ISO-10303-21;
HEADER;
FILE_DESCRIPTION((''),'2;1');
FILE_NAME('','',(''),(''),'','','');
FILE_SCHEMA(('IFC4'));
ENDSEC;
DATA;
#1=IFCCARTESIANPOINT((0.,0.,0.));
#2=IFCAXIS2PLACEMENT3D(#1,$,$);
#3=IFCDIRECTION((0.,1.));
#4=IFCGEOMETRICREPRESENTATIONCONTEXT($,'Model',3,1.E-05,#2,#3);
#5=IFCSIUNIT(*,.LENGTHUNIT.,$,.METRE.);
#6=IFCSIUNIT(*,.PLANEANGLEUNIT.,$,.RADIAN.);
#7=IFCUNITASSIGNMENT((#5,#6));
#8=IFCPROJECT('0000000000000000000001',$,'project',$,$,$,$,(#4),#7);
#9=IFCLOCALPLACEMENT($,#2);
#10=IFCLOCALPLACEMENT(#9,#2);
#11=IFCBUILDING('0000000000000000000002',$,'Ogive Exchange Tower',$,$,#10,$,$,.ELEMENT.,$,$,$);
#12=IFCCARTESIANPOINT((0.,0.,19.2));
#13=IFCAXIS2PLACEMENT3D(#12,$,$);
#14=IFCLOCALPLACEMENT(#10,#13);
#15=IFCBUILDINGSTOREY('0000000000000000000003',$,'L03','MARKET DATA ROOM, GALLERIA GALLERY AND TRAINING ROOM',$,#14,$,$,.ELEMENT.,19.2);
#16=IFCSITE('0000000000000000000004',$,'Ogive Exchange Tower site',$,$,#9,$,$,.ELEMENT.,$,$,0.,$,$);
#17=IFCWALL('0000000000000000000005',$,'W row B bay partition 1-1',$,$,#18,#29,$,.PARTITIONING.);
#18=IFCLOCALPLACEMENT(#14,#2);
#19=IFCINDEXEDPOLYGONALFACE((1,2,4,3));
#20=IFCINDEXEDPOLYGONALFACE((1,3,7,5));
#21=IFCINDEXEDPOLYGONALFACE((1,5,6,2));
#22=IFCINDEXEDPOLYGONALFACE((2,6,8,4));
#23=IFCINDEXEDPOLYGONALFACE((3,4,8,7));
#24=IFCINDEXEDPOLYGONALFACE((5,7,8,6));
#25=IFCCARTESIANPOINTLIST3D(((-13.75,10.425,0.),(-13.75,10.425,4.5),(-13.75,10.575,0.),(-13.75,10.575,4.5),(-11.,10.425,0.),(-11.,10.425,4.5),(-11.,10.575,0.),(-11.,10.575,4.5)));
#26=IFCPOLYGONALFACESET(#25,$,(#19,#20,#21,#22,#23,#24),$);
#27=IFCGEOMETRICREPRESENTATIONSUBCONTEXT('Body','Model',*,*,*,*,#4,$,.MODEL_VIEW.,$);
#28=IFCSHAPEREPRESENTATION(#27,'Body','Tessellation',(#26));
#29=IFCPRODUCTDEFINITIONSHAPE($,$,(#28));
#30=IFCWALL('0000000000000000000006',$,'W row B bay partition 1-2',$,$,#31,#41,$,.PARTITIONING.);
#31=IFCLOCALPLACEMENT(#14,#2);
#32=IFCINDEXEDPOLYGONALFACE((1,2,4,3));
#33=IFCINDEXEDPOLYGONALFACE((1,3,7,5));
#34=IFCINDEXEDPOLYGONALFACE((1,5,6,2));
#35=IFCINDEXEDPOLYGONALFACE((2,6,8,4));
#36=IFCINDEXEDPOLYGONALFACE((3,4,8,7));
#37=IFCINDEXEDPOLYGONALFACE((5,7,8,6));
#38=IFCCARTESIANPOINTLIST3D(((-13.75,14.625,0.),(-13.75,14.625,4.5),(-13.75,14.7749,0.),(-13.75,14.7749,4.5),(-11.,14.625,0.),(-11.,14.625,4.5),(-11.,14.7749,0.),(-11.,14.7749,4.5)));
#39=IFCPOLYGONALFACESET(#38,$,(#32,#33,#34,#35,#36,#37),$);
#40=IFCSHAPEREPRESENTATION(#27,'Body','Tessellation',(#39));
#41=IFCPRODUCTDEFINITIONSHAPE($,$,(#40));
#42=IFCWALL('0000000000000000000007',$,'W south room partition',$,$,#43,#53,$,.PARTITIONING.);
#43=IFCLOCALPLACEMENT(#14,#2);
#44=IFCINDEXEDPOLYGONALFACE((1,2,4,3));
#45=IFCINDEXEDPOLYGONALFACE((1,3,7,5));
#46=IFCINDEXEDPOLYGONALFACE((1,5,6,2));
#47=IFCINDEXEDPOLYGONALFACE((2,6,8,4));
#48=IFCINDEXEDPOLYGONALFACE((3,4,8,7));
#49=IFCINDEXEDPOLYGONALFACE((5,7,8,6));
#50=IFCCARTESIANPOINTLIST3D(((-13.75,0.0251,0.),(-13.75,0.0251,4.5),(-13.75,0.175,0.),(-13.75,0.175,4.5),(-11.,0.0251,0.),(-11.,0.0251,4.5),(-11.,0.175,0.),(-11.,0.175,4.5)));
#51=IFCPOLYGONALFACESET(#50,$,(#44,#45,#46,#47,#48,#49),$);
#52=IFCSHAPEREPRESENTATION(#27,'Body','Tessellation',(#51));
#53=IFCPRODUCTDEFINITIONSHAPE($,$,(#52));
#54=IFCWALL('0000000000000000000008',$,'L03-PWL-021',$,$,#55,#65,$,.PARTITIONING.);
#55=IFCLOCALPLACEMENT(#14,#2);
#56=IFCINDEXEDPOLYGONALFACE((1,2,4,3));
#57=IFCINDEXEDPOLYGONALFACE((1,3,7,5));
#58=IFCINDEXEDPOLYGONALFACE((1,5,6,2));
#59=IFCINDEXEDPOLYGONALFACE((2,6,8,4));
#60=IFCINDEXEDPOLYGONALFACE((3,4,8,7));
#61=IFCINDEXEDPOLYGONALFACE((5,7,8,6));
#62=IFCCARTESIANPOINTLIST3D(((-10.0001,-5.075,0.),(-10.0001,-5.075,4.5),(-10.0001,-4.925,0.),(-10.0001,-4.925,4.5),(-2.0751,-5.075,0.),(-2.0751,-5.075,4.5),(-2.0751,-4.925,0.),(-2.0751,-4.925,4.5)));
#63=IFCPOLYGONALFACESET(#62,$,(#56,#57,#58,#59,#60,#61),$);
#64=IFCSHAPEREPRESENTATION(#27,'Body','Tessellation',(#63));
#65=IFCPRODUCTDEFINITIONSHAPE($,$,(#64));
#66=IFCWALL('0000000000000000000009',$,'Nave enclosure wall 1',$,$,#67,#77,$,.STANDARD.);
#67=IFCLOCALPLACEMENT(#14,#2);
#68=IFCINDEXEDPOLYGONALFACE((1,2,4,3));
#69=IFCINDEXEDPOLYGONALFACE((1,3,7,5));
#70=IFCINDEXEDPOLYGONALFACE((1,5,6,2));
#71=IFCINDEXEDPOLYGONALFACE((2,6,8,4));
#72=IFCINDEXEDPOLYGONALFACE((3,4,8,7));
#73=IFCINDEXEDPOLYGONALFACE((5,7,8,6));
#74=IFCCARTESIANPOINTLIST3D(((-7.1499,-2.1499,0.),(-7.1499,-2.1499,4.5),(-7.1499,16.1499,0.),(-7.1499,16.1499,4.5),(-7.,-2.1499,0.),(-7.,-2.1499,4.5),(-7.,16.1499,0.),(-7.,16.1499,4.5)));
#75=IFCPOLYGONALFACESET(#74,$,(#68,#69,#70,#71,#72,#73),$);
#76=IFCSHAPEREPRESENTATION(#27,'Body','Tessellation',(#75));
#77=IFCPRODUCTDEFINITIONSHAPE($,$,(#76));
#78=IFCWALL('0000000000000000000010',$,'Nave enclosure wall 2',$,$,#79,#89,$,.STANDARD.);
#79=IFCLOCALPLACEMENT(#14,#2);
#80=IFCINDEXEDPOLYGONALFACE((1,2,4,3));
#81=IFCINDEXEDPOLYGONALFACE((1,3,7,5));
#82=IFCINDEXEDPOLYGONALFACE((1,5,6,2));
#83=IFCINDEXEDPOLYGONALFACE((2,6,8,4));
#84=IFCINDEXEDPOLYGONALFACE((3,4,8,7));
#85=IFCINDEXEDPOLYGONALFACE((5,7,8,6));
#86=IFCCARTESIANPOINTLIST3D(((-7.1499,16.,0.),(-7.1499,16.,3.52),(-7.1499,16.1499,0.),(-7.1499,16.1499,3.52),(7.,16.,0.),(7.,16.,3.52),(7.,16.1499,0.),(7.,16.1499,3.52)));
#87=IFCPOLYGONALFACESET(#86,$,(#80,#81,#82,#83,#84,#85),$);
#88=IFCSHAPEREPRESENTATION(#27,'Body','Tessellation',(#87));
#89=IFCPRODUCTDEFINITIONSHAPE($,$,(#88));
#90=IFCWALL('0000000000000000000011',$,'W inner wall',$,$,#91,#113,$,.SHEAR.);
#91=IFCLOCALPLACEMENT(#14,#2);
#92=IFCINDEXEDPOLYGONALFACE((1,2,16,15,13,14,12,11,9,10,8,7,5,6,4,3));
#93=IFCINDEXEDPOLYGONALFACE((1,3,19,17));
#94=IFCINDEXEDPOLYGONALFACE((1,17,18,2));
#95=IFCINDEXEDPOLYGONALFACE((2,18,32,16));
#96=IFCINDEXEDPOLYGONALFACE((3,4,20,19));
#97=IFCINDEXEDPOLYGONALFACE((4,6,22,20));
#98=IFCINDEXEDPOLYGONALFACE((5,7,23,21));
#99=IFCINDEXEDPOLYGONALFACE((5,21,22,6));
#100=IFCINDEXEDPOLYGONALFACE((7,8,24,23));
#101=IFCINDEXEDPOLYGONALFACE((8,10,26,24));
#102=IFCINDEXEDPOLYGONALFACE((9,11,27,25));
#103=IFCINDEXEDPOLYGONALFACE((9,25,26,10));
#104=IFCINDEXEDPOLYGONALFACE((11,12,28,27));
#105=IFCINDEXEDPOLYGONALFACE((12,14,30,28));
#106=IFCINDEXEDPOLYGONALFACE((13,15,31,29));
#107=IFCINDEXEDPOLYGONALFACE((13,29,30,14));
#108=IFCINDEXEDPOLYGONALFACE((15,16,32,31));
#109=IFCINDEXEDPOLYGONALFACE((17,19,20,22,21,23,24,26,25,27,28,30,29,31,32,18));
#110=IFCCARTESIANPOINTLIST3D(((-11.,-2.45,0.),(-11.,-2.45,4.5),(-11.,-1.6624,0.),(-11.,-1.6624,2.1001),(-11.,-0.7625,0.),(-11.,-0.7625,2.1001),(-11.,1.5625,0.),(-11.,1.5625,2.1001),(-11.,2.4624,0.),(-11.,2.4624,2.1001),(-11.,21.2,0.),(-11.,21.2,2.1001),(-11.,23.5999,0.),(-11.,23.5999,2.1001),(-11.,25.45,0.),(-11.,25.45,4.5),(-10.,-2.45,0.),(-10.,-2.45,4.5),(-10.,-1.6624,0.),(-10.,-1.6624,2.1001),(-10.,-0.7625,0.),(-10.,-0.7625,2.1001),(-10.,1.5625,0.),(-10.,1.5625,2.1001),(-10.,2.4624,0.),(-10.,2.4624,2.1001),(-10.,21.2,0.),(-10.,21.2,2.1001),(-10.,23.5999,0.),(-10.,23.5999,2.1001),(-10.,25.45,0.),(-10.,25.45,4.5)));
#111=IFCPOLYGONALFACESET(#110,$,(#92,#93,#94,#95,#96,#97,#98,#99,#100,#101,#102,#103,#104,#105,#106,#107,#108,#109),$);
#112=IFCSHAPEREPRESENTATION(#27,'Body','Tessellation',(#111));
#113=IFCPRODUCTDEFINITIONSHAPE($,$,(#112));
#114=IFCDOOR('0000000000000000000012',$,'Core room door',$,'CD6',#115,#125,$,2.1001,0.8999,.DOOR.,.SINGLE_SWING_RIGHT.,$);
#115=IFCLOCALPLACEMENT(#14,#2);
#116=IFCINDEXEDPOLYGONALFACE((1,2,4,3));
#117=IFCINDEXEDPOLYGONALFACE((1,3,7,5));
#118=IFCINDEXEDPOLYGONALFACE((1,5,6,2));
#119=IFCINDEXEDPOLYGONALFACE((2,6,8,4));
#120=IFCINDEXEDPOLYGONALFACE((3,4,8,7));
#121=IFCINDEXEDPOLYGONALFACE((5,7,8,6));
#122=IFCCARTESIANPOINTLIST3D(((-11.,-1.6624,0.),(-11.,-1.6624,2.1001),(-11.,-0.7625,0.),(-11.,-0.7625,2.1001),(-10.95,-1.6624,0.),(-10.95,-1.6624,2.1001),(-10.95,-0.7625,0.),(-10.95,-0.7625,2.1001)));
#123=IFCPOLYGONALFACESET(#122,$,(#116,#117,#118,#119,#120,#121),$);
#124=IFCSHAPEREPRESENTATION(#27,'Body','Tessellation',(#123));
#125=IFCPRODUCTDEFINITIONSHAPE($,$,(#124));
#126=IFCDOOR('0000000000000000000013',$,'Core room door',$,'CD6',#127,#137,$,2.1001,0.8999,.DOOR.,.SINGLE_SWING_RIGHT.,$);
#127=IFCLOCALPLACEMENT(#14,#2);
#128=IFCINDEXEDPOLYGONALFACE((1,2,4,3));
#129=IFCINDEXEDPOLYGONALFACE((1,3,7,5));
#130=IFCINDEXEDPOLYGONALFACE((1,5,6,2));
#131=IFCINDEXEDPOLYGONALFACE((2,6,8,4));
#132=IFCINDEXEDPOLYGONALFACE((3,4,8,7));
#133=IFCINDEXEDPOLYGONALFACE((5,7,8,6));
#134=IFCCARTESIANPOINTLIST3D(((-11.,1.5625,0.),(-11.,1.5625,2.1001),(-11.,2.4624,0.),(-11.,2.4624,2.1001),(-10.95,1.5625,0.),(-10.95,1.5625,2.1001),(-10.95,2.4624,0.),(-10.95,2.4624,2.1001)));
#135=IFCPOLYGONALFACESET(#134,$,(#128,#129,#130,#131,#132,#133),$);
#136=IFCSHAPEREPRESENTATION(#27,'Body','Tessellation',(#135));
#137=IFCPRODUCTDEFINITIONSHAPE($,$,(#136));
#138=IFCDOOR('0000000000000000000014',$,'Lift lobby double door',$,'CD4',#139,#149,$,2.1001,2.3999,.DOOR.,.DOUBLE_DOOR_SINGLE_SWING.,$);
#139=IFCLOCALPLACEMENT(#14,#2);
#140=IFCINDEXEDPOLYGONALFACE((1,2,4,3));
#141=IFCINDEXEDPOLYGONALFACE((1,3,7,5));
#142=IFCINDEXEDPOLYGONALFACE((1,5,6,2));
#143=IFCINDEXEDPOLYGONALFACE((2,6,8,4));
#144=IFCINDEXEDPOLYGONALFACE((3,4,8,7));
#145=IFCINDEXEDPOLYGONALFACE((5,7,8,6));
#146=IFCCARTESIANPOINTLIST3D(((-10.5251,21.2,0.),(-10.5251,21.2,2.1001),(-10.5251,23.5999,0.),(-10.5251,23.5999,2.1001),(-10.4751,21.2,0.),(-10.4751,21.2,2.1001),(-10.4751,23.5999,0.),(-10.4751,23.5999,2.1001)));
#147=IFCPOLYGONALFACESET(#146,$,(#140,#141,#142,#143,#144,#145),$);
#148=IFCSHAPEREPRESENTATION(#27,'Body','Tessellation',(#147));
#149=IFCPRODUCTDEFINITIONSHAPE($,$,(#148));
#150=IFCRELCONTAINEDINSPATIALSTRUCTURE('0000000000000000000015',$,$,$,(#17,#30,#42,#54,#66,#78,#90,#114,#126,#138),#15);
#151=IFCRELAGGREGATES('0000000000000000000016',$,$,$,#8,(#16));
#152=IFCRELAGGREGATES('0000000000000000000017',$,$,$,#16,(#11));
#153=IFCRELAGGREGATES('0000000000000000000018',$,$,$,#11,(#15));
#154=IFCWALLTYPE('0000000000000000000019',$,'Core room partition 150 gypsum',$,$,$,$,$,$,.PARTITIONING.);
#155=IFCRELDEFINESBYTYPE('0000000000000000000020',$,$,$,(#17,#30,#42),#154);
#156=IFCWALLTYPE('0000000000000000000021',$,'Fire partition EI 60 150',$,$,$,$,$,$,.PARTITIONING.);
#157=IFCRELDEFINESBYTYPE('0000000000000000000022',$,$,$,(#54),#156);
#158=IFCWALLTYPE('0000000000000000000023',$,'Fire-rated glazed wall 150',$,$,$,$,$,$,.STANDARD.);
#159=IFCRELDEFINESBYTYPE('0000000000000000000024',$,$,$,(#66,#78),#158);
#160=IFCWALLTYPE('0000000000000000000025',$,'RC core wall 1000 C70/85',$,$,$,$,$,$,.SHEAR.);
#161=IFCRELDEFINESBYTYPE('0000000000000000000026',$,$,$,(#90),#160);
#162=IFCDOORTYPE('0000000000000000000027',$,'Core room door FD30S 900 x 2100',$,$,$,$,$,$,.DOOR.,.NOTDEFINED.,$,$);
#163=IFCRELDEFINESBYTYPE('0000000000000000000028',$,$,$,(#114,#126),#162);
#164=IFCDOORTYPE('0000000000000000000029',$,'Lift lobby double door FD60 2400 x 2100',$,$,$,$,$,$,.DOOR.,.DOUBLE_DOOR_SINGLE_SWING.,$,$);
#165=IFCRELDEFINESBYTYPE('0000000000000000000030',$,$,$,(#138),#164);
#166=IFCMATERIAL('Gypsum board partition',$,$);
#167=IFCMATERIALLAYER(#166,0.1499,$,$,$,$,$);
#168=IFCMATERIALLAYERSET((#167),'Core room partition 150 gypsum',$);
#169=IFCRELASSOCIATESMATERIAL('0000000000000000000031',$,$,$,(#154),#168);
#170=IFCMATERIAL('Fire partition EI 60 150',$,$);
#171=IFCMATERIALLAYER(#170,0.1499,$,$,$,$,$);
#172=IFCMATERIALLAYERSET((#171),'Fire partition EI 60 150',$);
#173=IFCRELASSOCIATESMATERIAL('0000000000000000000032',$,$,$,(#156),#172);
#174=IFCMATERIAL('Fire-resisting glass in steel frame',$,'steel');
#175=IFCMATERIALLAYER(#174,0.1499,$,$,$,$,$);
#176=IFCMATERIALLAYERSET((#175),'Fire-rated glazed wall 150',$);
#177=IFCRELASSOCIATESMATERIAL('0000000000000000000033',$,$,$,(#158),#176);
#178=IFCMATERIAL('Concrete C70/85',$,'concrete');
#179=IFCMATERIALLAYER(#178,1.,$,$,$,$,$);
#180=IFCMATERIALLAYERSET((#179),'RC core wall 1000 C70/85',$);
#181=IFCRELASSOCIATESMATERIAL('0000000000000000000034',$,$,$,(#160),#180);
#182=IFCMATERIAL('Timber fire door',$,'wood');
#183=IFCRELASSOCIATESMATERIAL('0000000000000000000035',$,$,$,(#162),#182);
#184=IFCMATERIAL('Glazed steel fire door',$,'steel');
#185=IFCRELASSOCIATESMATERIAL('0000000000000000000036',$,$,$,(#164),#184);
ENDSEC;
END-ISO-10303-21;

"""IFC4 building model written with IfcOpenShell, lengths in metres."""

from ifc_helpers import new_model, si_unit, direction, frame, frame_2d, origin, place, context, subcontext, project, spatial, rectangle, extrude, material, layer, layer_set, type_object, element, fill, save


model = new_model("IFC4")

# Units and contexts
model_context = context("Model", 3, precision=1e-05, world=origin(), true_north=direction((0.0, 1.0)))
body_context = subcontext(model_context, "Body", "Model", "MODEL_VIEW")
ifc_project = project(units=[si_unit("LENGTHUNIT", "METRE"), si_unit("PLANEANGLEUNIT", "RADIAN")], contexts=[model_context])

# Site, building, storey
site_placement = place(None, origin())
site = spatial("IfcSite", under=ifc_project, at=site_placement, Name="Ogive Exchange Tower site", CompositionType="ELEMENT", RefElevation=0.0)
building_placement = place(site_placement, origin())
building = spatial("IfcBuilding", under=site, at=building_placement, Name="Ogive Exchange Tower", CompositionType="ELEMENT")
storey_placement = place(building_placement, frame((0.0, 0.0, 19.2)))
storey = spatial("IfcBuildingStorey", under=building, at=storey_placement, Name="L03", Description="MARKET DATA ROOM, GALLERIA GALLERY AND TRAINING ROOM", CompositionType="ELEMENT", Elevation=19.2)

# Walls
ifc_material_1 = material(Name="Gypsum board partition")
ifc_layer_1 = layer(ifc_material_1, 0.1499)
ifc_layer_set_1 = layer_set([ifc_layer_1], Name="Core room partition 150 gypsum")
wall_type_1 = type_object("IfcWallType", Name="Core room partition 150 gypsum", PredefinedType="PARTITIONING", material=ifc_layer_set_1)
for number, where, z_axis, x_axis, name in (
    (1, (-13.75, 10.5, 0.0), (0.0, 0.0, 1.0), (1.0, 0.0, 0.0), "W row B bay partition 1-1"),
    (2, (-13.75, 14.7, 0.0), (0.0, 0.0, 1.0), (1.0, 0.0, 0.0), "W row B bay partition 1-2"),
    (3, (-13.75, 0.1001, 0.0), (0.0, 0.0, 1.0), (1.0, 0.0, 0.0), "W south room partition"),
):
    element("IfcWall", number, at=place(storey_placement, frame(where, z_axis=z_axis, x_axis=x_axis)), inside=storey, type_object=wall_type_1, Name=name, PredefinedType="PARTITIONING", context=body_context, shape_type="SweptSolid", body=[
        extrude(rectangle(XDim=2.75, YDim=0.1499, at=frame_2d((1.375, 0.0))), origin(), (0.0, 0.0, 1.0), 4.5),
    ])
ifc_material_2 = material(Name="Fire partition EI 60 150")
ifc_layer_2 = layer(ifc_material_2, 0.1499)
ifc_layer_set_2 = layer_set([ifc_layer_2], Name="Fire partition EI 60 150")
wall_type_2 = type_object("IfcWallType", Name="Fire partition EI 60 150", PredefinedType="PARTITIONING", material=ifc_layer_set_2)
wall_1_placement = place(storey_placement, frame((-10.0, -5.0, 0.0), z_axis=(0.0, 0.0, 1.0), x_axis=(1.0, 0.0, 0.0)))
element("IfcWall", 4, at=wall_1_placement, inside=storey, type_object=wall_type_2, Name="L03-PWL-021", PredefinedType="PARTITIONING", context=body_context, shape_type="SweptSolid", body=[
    extrude(rectangle(XDim=7.925, YDim=0.1499, at=frame_2d((3.9624, 0.0))), origin(), (0.0, 0.0, 1.0), 4.5),
])
ifc_material_3 = material(Name="Fire-resisting glass in steel frame", Category="steel")
ifc_layer_3 = layer(ifc_material_3, 0.1499)
ifc_layer_set_3 = layer_set([ifc_layer_3], Name="Fire-rated glazed wall 150")
wall_type_3 = type_object("IfcWallType", Name="Fire-rated glazed wall 150", PredefinedType="STANDARD", material=ifc_layer_set_3)
wall_2_placement = place(storey_placement, frame((-7.075, -2.1499, 0.0), z_axis=(0.0, 0.0, 1.0), x_axis=(0.0, 1.0, 0.0)))
element("IfcWall", 5, at=wall_2_placement, inside=storey, type_object=wall_type_3, Name="Nave enclosure wall 1", PredefinedType="STANDARD", context=body_context, shape_type="SweptSolid", body=[
    extrude(rectangle(XDim=18.2998, YDim=0.1499, at=frame_2d((9.1499, 0.0))), origin(), (0.0, 0.0, 1.0), 4.5),
])
wall_3_placement = place(storey_placement, frame((-7.1499, 16.075, 0.0), z_axis=(0.0, 0.0, 1.0), x_axis=(1.0, 0.0, 0.0)))
element("IfcWall", 6, at=wall_3_placement, inside=storey, type_object=wall_type_3, Name="Nave enclosure wall 2", PredefinedType="STANDARD", context=body_context, shape_type="SweptSolid", body=[
    extrude(rectangle(XDim=14.1499, YDim=0.1499, at=frame_2d((7.075, 0.0))), origin(), (0.0, 0.0, 1.0), 3.52),
])

# Wall, openings, doors
ifc_material_4 = material(Name="Concrete C70/85", Category="concrete")
ifc_layer_4 = layer(ifc_material_4, 1.0)
ifc_layer_set_4 = layer_set([ifc_layer_4], Name="RC core wall 1000 C70/85")
wall_type_4 = type_object("IfcWallType", Name="RC core wall 1000 C70/85", PredefinedType="SHEAR", material=ifc_layer_set_4)
wall_4_placement = place(storey_placement, frame((-10.5, -2.45, 0.0), z_axis=(0.0, 0.0, 1.0), x_axis=(0.0, 1.0, 0.0)))
wall_4 = element("IfcWall", 7, at=wall_4_placement, inside=storey, type_object=wall_type_4, Name="W inner wall", PredefinedType="SHEAR", context=body_context, shape_type="SweptSolid", body=[
    extrude(rectangle(XDim=27.8999, YDim=1.0, at=frame_2d((13.95, 0.0))), origin(), (0.0, 0.0, 1.0), 4.5),
])
opening_1_placement = place(wall_4_placement, frame((23.6499, 0.0, 0.0)))
opening_1 = element("IfcOpeningElement", 8, at=opening_1_placement, cuts=wall_4, PredefinedType="OPENING", context=body_context, shape_type="SweptSolid", body=[
    extrude(rectangle(XDim=2.3999, YDim=2.1001, at=frame_2d((1.2, 1.05))), frame((0.0, 0.51, 0.0), z_axis=(0.0, -1.0, 0.0), x_axis=(1.0, 0.0, 0.0)), (0.0, 0.0, 1.0), 1.02),
])
opening_2_placement = place(wall_4_placement, frame((0.7876, 0.0, 0.0)))
opening_2 = element("IfcOpeningElement", 9, at=opening_2_placement, cuts=wall_4, PredefinedType="OPENING", context=body_context, shape_type="SweptSolid", body=[
    extrude(rectangle(XDim=0.8999, YDim=2.1001, at=frame_2d((0.45, 1.05))), frame((0.0, 0.51, 0.0), z_axis=(0.0, -1.0, 0.0), x_axis=(1.0, 0.0, 0.0)), (0.0, 0.0, 1.0), 1.02),
])
opening_3_placement = place(wall_4_placement, frame((4.0125, 0.0, 0.0)))
opening_3 = element("IfcOpeningElement", 10, at=opening_3_placement, cuts=wall_4, PredefinedType="OPENING", context=body_context, shape_type="SweptSolid", body=[
    extrude(rectangle(XDim=0.8999, YDim=2.1001, at=frame_2d((0.45, 1.05))), frame((0.0, 0.51, 0.0), z_axis=(0.0, -1.0, 0.0), x_axis=(1.0, 0.0, 0.0)), (0.0, 0.0, 1.0), 1.02),
])
ifc_material_5 = material(Name="Timber fire door", Category="wood")
door_type_1 = type_object("IfcDoorType", Name="Core room door FD30S 900 x 2100", OperationType="NOTDEFINED", PredefinedType="DOOR", material=ifc_material_5)
door_1_placement = place(opening_2_placement, origin())
door_1 = element("IfcDoor", 11, at=door_1_placement, inside=storey, type_object=door_type_1, Name="Core room door", ObjectType="CD6", OperationType="SINGLE_SWING_RIGHT", OverallHeight=2.1001, OverallWidth=0.8999, PredefinedType="DOOR", context=body_context, shape_type="SweptSolid", body=[
    extrude(rectangle(XDim=0.8999, YDim=2.1001, at=frame_2d((0.45, 1.05))), frame((0.0, 0.5, 0.0), z_axis=(0.0, -1.0, 0.0), x_axis=(1.0, 0.0, 0.0)), (0.0, 0.0, 1.0), 0.05),
])
fill(opening_2, door_1)
door_2_placement = place(opening_3_placement, origin())
door_2 = element("IfcDoor", 12, at=door_2_placement, inside=storey, type_object=door_type_1, Name="Core room door", ObjectType="CD6", OperationType="SINGLE_SWING_RIGHT", OverallHeight=2.1001, OverallWidth=0.8999, PredefinedType="DOOR", context=body_context, shape_type="SweptSolid", body=[
    extrude(rectangle(XDim=0.8999, YDim=2.1001, at=frame_2d((0.45, 1.05))), frame((0.0, 0.5, 0.0), z_axis=(0.0, -1.0, 0.0), x_axis=(1.0, 0.0, 0.0)), (0.0, 0.0, 1.0), 0.05),
])
fill(opening_3, door_2)
ifc_material_6 = material(Name="Glazed steel fire door", Category="steel")
door_type_2 = type_object("IfcDoorType", Name="Lift lobby double door FD60 2400 x 2100", OperationType="DOUBLE_DOOR_SINGLE_SWING", PredefinedType="DOOR", material=ifc_material_6)
door_3_placement = place(opening_1_placement, frame((2.3999, 0.0, 0.0), z_axis=(0.0, 0.0, 1.0), x_axis=(-1.0, 0.0, 0.0)))
door_3 = element("IfcDoor", 13, at=door_3_placement, inside=storey, type_object=door_type_2, Name="Lift lobby double door", ObjectType="CD4", OperationType="DOUBLE_DOOR_SINGLE_SWING", OverallHeight=2.1001, OverallWidth=2.3999, PredefinedType="DOOR", context=body_context, shape_type="SweptSolid", body=[
    extrude(rectangle(XDim=2.3999, YDim=2.1001, at=frame_2d((1.2, 1.05))), frame((0.0, 0.0249, 0.0), z_axis=(0.0, -1.0, 0.0), x_axis=(1.0, 0.0, 0.0)), (0.0, 0.0, 1.0), 0.05),
])
fill(opening_1, door_3)

save(model, "model.ifc")
